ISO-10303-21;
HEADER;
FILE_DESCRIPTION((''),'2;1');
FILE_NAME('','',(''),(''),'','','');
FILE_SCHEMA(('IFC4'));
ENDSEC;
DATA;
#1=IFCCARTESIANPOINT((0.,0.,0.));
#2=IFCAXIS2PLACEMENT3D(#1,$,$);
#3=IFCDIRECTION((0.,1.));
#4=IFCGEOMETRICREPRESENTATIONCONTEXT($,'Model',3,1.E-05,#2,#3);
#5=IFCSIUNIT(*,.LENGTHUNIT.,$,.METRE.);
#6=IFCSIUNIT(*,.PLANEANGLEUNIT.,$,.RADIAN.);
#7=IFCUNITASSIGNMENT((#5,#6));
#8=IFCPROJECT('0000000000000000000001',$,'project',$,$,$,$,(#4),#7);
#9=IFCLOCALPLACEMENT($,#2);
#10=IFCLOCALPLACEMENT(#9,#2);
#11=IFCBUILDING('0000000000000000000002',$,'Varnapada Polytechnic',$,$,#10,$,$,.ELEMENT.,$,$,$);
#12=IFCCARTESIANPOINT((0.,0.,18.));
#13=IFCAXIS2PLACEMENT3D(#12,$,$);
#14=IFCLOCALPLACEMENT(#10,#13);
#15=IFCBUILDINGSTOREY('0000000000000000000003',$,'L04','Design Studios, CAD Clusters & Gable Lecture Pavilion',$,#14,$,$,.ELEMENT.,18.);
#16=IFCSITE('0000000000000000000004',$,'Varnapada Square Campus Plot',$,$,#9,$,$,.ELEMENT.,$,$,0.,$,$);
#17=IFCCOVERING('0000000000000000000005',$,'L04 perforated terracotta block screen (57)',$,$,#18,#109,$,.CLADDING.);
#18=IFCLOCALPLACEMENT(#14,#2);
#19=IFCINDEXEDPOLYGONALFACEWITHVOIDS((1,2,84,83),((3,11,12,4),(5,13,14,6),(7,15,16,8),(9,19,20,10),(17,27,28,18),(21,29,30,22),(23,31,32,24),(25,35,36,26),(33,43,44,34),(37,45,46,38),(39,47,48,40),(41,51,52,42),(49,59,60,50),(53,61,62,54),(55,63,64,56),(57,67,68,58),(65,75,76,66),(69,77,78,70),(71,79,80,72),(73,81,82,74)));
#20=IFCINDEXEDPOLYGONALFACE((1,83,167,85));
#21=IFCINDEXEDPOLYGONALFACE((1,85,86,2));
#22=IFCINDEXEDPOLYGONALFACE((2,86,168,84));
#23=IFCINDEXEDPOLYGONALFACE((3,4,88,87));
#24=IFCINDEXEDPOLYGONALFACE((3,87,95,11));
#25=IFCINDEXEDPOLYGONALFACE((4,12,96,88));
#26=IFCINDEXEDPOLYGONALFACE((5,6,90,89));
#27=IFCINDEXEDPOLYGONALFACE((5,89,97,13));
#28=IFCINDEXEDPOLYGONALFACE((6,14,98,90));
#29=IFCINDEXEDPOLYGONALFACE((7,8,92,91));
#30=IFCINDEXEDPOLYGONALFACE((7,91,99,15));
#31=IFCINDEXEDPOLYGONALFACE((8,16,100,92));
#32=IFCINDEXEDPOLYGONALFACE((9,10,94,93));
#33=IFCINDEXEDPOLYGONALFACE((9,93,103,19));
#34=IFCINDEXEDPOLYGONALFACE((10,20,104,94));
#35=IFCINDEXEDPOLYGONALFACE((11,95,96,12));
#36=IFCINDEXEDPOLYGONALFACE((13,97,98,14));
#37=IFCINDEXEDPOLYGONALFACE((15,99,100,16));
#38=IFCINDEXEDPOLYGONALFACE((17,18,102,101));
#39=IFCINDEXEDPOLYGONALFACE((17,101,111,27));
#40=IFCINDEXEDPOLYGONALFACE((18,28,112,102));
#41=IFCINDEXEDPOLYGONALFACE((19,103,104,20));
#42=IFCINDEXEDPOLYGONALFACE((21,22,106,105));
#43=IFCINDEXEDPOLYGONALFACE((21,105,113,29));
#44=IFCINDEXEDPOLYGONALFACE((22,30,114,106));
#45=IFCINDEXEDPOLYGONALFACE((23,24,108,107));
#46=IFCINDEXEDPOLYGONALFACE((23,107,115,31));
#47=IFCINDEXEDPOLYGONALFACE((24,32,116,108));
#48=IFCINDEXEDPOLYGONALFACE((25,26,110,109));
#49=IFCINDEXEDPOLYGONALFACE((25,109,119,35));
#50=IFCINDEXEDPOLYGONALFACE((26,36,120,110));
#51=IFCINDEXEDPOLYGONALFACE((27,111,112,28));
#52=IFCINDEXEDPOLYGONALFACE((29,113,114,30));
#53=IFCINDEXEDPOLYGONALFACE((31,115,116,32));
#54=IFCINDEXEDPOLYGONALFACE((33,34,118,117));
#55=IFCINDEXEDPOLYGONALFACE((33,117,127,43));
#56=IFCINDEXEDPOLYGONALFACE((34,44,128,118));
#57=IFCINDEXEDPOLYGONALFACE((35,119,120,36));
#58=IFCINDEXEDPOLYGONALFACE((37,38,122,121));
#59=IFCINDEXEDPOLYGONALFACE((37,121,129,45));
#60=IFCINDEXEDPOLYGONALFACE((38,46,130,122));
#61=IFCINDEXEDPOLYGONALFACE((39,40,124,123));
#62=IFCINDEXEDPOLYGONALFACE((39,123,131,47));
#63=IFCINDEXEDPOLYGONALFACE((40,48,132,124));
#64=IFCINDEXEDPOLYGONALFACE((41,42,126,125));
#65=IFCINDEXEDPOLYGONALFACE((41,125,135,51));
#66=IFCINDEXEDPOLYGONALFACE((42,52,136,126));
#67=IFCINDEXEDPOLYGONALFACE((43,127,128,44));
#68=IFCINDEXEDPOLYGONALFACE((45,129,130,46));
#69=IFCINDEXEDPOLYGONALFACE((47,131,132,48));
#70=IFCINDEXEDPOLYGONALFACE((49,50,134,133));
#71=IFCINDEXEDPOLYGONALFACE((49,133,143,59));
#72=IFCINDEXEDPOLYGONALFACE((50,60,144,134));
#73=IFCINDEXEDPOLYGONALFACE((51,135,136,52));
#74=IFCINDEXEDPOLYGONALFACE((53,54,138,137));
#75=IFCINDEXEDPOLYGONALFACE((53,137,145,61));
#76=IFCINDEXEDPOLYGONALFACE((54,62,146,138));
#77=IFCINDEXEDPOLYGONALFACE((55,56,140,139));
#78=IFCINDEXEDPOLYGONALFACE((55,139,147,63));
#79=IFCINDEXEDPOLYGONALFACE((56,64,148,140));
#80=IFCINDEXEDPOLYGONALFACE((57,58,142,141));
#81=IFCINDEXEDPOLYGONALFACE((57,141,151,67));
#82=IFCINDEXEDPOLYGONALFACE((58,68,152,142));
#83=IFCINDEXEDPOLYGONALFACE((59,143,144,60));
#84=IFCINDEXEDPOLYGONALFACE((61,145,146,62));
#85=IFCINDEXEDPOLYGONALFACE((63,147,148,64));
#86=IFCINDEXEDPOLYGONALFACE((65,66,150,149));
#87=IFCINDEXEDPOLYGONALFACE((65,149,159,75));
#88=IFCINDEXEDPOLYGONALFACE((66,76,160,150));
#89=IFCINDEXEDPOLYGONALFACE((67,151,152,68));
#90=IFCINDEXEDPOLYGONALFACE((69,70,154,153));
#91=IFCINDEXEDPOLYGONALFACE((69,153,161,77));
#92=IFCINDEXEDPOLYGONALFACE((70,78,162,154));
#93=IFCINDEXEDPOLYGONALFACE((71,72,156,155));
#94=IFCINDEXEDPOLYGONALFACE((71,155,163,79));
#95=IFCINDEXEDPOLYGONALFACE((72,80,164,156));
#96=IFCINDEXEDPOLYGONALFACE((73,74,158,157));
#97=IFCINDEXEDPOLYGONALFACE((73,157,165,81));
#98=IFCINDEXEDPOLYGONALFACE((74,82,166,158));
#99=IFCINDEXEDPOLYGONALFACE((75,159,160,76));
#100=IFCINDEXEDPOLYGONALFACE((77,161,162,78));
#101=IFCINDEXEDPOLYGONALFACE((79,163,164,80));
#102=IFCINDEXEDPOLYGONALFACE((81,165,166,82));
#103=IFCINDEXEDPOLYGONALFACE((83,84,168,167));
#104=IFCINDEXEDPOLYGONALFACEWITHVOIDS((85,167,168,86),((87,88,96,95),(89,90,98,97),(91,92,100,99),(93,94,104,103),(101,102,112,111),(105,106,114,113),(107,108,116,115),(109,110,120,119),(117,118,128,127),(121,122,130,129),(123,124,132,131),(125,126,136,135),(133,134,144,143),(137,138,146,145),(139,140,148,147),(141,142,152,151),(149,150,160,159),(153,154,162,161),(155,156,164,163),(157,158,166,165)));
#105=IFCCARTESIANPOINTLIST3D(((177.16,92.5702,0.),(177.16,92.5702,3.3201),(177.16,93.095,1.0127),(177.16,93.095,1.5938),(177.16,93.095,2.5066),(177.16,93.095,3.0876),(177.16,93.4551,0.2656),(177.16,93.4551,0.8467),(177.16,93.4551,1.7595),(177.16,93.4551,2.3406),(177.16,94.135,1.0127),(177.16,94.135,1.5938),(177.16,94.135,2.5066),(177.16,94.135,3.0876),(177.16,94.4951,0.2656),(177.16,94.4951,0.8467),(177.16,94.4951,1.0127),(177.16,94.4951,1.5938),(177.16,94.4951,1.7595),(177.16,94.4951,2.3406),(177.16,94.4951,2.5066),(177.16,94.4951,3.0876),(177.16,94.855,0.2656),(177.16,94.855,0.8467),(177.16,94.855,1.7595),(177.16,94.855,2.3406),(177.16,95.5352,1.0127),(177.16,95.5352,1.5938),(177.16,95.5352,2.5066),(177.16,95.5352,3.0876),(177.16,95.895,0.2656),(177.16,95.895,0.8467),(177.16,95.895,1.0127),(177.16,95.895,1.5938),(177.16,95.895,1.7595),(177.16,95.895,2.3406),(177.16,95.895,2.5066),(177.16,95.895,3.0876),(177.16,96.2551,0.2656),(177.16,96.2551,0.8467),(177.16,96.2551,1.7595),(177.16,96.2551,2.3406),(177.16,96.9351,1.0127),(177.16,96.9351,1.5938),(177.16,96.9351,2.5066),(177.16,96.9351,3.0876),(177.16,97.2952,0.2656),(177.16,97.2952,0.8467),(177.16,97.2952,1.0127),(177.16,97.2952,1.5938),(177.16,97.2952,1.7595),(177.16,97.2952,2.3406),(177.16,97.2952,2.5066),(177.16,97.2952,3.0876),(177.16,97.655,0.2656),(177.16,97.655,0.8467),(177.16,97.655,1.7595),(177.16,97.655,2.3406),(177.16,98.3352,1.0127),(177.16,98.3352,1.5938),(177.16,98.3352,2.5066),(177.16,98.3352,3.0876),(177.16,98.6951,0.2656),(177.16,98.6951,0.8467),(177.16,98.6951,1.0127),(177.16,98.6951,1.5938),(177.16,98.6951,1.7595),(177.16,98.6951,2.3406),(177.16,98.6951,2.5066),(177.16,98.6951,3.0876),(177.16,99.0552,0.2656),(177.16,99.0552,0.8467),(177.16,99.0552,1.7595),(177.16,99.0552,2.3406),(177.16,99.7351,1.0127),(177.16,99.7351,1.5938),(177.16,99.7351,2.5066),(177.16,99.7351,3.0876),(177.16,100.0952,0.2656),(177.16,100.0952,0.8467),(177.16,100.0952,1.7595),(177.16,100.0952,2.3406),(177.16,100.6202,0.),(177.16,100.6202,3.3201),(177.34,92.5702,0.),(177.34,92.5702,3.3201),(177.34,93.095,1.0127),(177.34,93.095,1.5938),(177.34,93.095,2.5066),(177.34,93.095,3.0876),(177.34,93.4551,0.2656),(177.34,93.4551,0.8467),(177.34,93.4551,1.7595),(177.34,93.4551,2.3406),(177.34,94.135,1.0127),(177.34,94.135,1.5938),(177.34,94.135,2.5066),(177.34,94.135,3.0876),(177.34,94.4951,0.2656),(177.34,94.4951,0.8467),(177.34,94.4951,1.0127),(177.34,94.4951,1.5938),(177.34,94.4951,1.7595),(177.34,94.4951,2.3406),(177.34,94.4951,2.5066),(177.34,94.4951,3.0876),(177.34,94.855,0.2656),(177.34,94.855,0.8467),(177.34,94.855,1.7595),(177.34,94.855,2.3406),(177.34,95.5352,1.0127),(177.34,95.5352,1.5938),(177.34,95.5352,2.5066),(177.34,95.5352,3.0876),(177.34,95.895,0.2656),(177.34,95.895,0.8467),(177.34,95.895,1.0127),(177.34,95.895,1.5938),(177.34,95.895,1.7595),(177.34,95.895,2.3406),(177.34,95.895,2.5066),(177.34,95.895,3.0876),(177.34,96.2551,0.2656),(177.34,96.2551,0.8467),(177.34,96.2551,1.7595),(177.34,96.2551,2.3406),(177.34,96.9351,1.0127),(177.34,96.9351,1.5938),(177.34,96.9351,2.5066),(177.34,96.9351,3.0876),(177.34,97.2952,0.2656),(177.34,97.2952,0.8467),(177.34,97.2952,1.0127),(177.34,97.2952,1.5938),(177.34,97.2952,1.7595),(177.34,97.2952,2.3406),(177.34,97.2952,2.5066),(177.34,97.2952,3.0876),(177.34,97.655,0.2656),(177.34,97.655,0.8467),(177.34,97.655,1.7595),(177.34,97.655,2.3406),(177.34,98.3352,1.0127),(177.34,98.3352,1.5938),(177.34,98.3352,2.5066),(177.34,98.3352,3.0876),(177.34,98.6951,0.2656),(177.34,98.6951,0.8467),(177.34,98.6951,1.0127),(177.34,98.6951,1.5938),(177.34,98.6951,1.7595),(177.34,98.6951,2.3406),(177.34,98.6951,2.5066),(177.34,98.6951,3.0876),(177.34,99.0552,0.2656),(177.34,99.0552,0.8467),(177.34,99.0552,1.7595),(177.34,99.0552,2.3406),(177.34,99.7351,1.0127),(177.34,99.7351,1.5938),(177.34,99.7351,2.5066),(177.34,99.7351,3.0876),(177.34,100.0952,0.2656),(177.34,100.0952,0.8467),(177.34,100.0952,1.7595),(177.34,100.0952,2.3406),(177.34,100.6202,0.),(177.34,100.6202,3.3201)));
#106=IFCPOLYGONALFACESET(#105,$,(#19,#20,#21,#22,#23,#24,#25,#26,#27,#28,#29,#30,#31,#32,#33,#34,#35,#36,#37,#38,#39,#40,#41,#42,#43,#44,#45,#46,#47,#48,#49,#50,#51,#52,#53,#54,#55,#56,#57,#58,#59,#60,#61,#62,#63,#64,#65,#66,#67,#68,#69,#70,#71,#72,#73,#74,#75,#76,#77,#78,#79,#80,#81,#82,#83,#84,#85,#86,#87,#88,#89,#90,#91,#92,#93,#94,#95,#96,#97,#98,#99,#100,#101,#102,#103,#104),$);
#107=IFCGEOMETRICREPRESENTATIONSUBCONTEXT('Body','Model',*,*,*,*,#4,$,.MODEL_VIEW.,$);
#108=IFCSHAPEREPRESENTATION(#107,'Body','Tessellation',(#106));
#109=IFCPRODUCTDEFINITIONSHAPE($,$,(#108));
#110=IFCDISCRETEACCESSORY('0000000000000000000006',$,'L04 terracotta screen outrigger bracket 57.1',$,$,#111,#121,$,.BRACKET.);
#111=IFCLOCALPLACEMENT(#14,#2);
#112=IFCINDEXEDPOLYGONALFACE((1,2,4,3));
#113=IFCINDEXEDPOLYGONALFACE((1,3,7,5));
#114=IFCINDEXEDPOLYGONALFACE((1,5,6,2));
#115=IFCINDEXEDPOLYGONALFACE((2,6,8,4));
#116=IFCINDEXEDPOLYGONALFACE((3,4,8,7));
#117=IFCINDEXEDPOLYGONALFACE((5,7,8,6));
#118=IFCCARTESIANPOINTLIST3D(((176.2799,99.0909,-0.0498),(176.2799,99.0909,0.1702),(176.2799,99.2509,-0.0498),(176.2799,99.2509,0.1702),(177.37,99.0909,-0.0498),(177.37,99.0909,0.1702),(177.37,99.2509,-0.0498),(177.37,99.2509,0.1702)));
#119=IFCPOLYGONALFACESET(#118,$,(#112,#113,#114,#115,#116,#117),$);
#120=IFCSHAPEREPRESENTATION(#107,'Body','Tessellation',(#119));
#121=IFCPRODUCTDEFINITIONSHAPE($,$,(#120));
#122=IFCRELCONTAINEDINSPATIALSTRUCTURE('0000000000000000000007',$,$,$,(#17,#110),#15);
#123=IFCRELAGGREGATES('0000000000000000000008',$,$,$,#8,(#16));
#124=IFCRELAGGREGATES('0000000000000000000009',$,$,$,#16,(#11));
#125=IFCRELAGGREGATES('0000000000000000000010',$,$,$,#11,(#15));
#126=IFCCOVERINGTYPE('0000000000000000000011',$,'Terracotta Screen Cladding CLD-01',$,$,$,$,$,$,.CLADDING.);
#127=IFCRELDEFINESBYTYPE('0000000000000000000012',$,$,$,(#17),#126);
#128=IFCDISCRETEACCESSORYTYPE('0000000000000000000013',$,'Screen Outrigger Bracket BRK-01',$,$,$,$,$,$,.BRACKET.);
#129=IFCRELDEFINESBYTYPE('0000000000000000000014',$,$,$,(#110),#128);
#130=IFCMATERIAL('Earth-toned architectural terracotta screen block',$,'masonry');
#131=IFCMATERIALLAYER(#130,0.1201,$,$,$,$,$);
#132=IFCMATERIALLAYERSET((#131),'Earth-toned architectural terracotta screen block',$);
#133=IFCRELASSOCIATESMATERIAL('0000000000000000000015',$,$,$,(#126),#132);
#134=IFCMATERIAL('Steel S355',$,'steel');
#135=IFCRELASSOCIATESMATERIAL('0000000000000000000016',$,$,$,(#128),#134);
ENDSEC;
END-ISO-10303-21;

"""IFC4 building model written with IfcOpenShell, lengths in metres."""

from ifc_helpers import new_model, si_unit, direction, frame, frame_2d, origin, origin_2d, place, context, subcontext, project, spatial, rectangle, extrude, material, layer, layer_set, type_object, element, save


model = new_model("IFC4")

# Units and contexts
model_context = context("Model", 3, precision=1e-05, world=origin(), true_north=direction((0.0, 1.0)))
body_context = subcontext(model_context, "Body", "Model", "MODEL_VIEW")
ifc_project = project(units=[si_unit("LENGTHUNIT", "METRE"), si_unit("PLANEANGLEUNIT", "RADIAN")], contexts=[model_context])

# Site, building, storey
site_placement = place(None, origin())
site = spatial("IfcSite", under=ifc_project, at=site_placement, Name="Varnapada Square Campus Plot", CompositionType="ELEMENT", RefElevation=0.0)
building_placement = place(site_placement, origin())
building = spatial("IfcBuilding", under=site, at=building_placement, Name="Varnapada Polytechnic", CompositionType="ELEMENT")
storey_placement = place(building_placement, frame((0.0, 0.0, 18.0)))
storey = spatial("IfcBuildingStorey", under=building, at=storey_placement, Name="L04", Description="Design Studios, CAD Clusters & Gable Lecture Pavilion", CompositionType="ELEMENT", Elevation=18.0)

# Covering, openings
ifc_material_1 = material(Name="Earth-toned architectural terracotta screen block", Category="masonry")
ifc_layer_1 = layer(ifc_material_1, 0.1201)
ifc_layer_set_1 = layer_set([ifc_layer_1], Name="Earth-toned architectural terracotta screen block")
covering_type = type_object("IfcCoveringType", Name="Terracotta Screen Cladding CLD-01", PredefinedType="CLADDING", material=ifc_layer_set_1)
covering_placement = place(storey_placement, frame((177.25, 100.6201, 0.0), z_axis=(0.0, 0.0, 1.0), x_axis=(0.0, -1.0, 0.0)))
covering = element("IfcCovering", 1, at=covering_placement, inside=storey, type_object=covering_type, Name="L04 perforated terracotta block screen (57)", PredefinedType="CLADDING", context=body_context, shape_type="SweptSolid", body=[
    extrude(rectangle(XDim=8.05, YDim=0.1799, at=frame_2d((4.0249, 0.0))), origin(), (0.0, 0.0, 1.0), 3.3201),
])
opening_1_placement = place(covering_placement, frame((0.5249, 0.0, 0.2656)))
element("IfcOpeningElement", 2, at=opening_1_placement, cuts=covering, PredefinedType="OPENING", context=body_context, shape_type="SweptSolid", body=[
    extrude(rectangle(XDim=1.04, YDim=0.5811, at=frame_2d((0.52, 0.2905))), frame((0.0, 0.0999, 0.0), z_axis=(0.0, -1.0, 0.0), x_axis=(1.0, 0.0, 0.0)), (0.0, 0.0, 1.0), 0.2),
])
opening_2_placement = place(covering_placement, frame((1.925, 0.0, 0.2656)))
element("IfcOpeningElement", 3, at=opening_2_placement, cuts=covering, PredefinedType="OPENING", context=body_context, shape_type="SweptSolid", body=[
    extrude(rectangle(XDim=1.04, YDim=0.5811, at=frame_2d((0.52, 0.2905))), frame((0.0, 0.0999, 0.0), z_axis=(0.0, -1.0, 0.0), x_axis=(1.0, 0.0, 0.0)), (0.0, 0.0, 1.0), 0.2),
])
opening_3_placement = place(covering_placement, frame((3.325, 0.0, 0.2656)))
element("IfcOpeningElement", 4, at=opening_3_placement, cuts=covering, PredefinedType="OPENING", context=body_context, shape_type="SweptSolid", body=[
    extrude(rectangle(XDim=1.04, YDim=0.5811, at=frame_2d((0.52, 0.2905))), frame((0.0, 0.0999, 0.0), z_axis=(0.0, -1.0, 0.0), x_axis=(1.0, 0.0, 0.0)), (0.0, 0.0, 1.0), 0.2),
])
opening_4_placement = place(covering_placement, frame((4.7251, 0.0, 0.2656)))
element("IfcOpeningElement", 5, at=opening_4_placement, cuts=covering, PredefinedType="OPENING", context=body_context, shape_type="SweptSolid", body=[
    extrude(rectangle(XDim=1.04, YDim=0.5811, at=frame_2d((0.52, 0.2905))), frame((0.0, 0.0999, 0.0), z_axis=(0.0, -1.0, 0.0), x_axis=(1.0, 0.0, 0.0)), (0.0, 0.0, 1.0), 0.2),
])
opening_5_placement = place(covering_placement, frame((6.125, 0.0, 0.2656)))
element("IfcOpeningElement", 6, at=opening_5_placement, cuts=covering, PredefinedType="OPENING", context=body_context, shape_type="SweptSolid", body=[
    extrude(rectangle(XDim=1.04, YDim=0.5811, at=frame_2d((0.52, 0.2905))), frame((0.0, 0.0999, 0.0), z_axis=(0.0, -1.0, 0.0), x_axis=(1.0, 0.0, 0.0)), (0.0, 0.0, 1.0), 0.2),
])
opening_6_placement = place(covering_placement, frame((0.885, 0.0, 1.0127)))
element("IfcOpeningElement", 7, at=opening_6_placement, cuts=covering, PredefinedType="OPENING", context=body_context, shape_type="SweptSolid", body=[
    extrude(rectangle(XDim=1.04, YDim=0.5811, at=frame_2d((0.52, 0.2905))), frame((0.0, 0.0999, 0.0), z_axis=(0.0, -1.0, 0.0), x_axis=(1.0, 0.0, 0.0)), (0.0, 0.0, 1.0), 0.2),
])
opening_7_placement = place(covering_placement, frame((2.2849, 0.0, 1.0127)))
element("IfcOpeningElement", 8, at=opening_7_placement, cuts=covering, PredefinedType="OPENING", context=body_context, shape_type="SweptSolid", body=[
    extrude(rectangle(XDim=1.04, YDim=0.5811, at=frame_2d((0.52, 0.2905))), frame((0.0, 0.0999, 0.0), z_axis=(0.0, -1.0, 0.0), x_axis=(1.0, 0.0, 0.0)), (0.0, 0.0, 1.0), 0.2),
])
opening_8_placement = place(covering_placement, frame((3.6851, 0.0, 1.0127)))
element("IfcOpeningElement", 9, at=opening_8_placement, cuts=covering, PredefinedType="OPENING", context=body_context, shape_type="SweptSolid", body=[
    extrude(rectangle(XDim=1.04, YDim=0.5811, at=frame_2d((0.52, 0.2905))), frame((0.0, 0.0999, 0.0), z_axis=(0.0, -1.0, 0.0), x_axis=(1.0, 0.0, 0.0)), (0.0, 0.0, 1.0), 0.2),
])
opening_9_placement = place(covering_placement, frame((5.085, 0.0, 1.0127)))
element("IfcOpeningElement", 10, at=opening_9_placement, cuts=covering, PredefinedType="OPENING", context=body_context, shape_type="SweptSolid", body=[
    extrude(rectangle(XDim=1.04, YDim=0.5811, at=frame_2d((0.52, 0.2905))), frame((0.0, 0.0999, 0.0), z_axis=(0.0, -1.0, 0.0), x_axis=(1.0, 0.0, 0.0)), (0.0, 0.0, 1.0), 0.2),
])
opening_10_placement = place(covering_placement, frame((6.4851, 0.0, 1.0127)))
element("IfcOpeningElement", 11, at=opening_10_placement, cuts=covering, PredefinedType="OPENING", context=body_context, shape_type="SweptSolid", body=[
    extrude(rectangle(XDim=1.04, YDim=0.5811, at=frame_2d((0.52, 0.2905))), frame((0.0, 0.0999, 0.0), z_axis=(0.0, -1.0, 0.0), x_axis=(1.0, 0.0, 0.0)), (0.0, 0.0, 1.0), 0.2),
])
opening_11_placement = place(covering_placement, frame((0.5249, 0.0, 1.7595)))
element("IfcOpeningElement", 12, at=opening_11_placement, cuts=covering, PredefinedType="OPENING", context=body_context, shape_type="SweptSolid", body=[
    extrude(rectangle(XDim=1.04, YDim=0.5811, at=frame_2d((0.52, 0.2905))), frame((0.0, 0.0999, 0.0), z_axis=(0.0, -1.0, 0.0), x_axis=(1.0, 0.0, 0.0)), (0.0, 0.0, 1.0), 0.2),
])
opening_12_placement = place(covering_placement, frame((1.925, 0.0, 1.7595)))
element("IfcOpeningElement", 13, at=opening_12_placement, cuts=covering, PredefinedType="OPENING", context=body_context, shape_type="SweptSolid", body=[
    extrude(rectangle(XDim=1.04, YDim=0.5811, at=frame_2d((0.52, 0.2905))), frame((0.0, 0.0999, 0.0), z_axis=(0.0, -1.0, 0.0), x_axis=(1.0, 0.0, 0.0)), (0.0, 0.0, 1.0), 0.2),
])
opening_13_placement = place(covering_placement, frame((3.325, 0.0, 1.7595)))
element("IfcOpeningElement", 14, at=opening_13_placement, cuts=covering, PredefinedType="OPENING", context=body_context, shape_type="SweptSolid", body=[
    extrude(rectangle(XDim=1.04, YDim=0.5811, at=frame_2d((0.52, 0.2905))), frame((0.0, 0.0999, 0.0), z_axis=(0.0, -1.0, 0.0), x_axis=(1.0, 0.0, 0.0)), (0.0, 0.0, 1.0), 0.2),
])
opening_14_placement = place(covering_placement, frame((4.7251, 0.0, 1.7595)))
element("IfcOpeningElement", 15, at=opening_14_placement, cuts=covering, PredefinedType="OPENING", context=body_context, shape_type="SweptSolid", body=[
    extrude(rectangle(XDim=1.04, YDim=0.5811, at=frame_2d((0.52, 0.2905))), frame((0.0, 0.0999, 0.0), z_axis=(0.0, -1.0, 0.0), x_axis=(1.0, 0.0, 0.0)), (0.0, 0.0, 1.0), 0.2),
])
opening_15_placement = place(covering_placement, frame((6.125, 0.0, 1.7595)))
element("IfcOpeningElement", 16, at=opening_15_placement, cuts=covering, PredefinedType="OPENING", context=body_context, shape_type="SweptSolid", body=[
    extrude(rectangle(XDim=1.04, YDim=0.5811, at=frame_2d((0.52, 0.2905))), frame((0.0, 0.0999, 0.0), z_axis=(0.0, -1.0, 0.0), x_axis=(1.0, 0.0, 0.0)), (0.0, 0.0, 1.0), 0.2),
])
opening_16_placement = place(covering_placement, frame((0.885, 0.0, 2.5066)))
element("IfcOpeningElement", 17, at=opening_16_placement, cuts=covering, PredefinedType="OPENING", context=body_context, shape_type="SweptSolid", body=[
    extrude(rectangle(XDim=1.04, YDim=0.5811, at=frame_2d((0.52, 0.2905))), frame((0.0, 0.0999, 0.0), z_axis=(0.0, -1.0, 0.0), x_axis=(1.0, 0.0, 0.0)), (0.0, 0.0, 1.0), 0.2),
])
opening_17_placement = place(covering_placement, frame((2.2849, 0.0, 2.5066)))
element("IfcOpeningElement", 18, at=opening_17_placement, cuts=covering, PredefinedType="OPENING", context=body_context, shape_type="SweptSolid", body=[
    extrude(rectangle(XDim=1.04, YDim=0.5811, at=frame_2d((0.52, 0.2905))), frame((0.0, 0.0999, 0.0), z_axis=(0.0, -1.0, 0.0), x_axis=(1.0, 0.0, 0.0)), (0.0, 0.0, 1.0), 0.2),
])
opening_18_placement = place(covering_placement, frame((3.6851, 0.0, 2.5066)))
element("IfcOpeningElement", 19, at=opening_18_placement, cuts=covering, PredefinedType="OPENING", context=body_context, shape_type="SweptSolid", body=[
    extrude(rectangle(XDim=1.04, YDim=0.5811, at=frame_2d((0.52, 0.2905))), frame((0.0, 0.0999, 0.0), z_axis=(0.0, -1.0, 0.0), x_axis=(1.0, 0.0, 0.0)), (0.0, 0.0, 1.0), 0.2),
])
opening_19_placement = place(covering_placement, frame((5.085, 0.0, 2.5066)))
element("IfcOpeningElement", 20, at=opening_19_placement, cuts=covering, PredefinedType="OPENING", context=body_context, shape_type="SweptSolid", body=[
    extrude(rectangle(XDim=1.04, YDim=0.5811, at=frame_2d((0.52, 0.2905))), frame((0.0, 0.0999, 0.0), z_axis=(0.0, -1.0, 0.0), x_axis=(1.0, 0.0, 0.0)), (0.0, 0.0, 1.0), 0.2),
])
opening_20_placement = place(covering_placement, frame((6.4851, 0.0, 2.5066)))
element("IfcOpeningElement", 21, at=opening_20_placement, cuts=covering, PredefinedType="OPENING", context=body_context, shape_type="SweptSolid", body=[
    extrude(rectangle(XDim=1.04, YDim=0.5811, at=frame_2d((0.52, 0.2905))), frame((0.0, 0.0999, 0.0), z_axis=(0.0, -1.0, 0.0), x_axis=(1.0, 0.0, 0.0)), (0.0, 0.0, 1.0), 0.2),
])

# Discrete accessory
ifc_material_2 = material(Name="Steel S355", Category="steel")
discrete_accessory_type = type_object("IfcDiscreteAccessoryType", Name="Screen Outrigger Bracket BRK-01", PredefinedType="BRACKET", material=ifc_material_2)
for number, where, z_axis, x_axis, name in (
    (22, (176.825, 99.1709, -0.0498), (0.0, 0.0, 1.0), (0.0, -1.0, 0.0), "L04 terracotta screen outrigger bracket 57.1"),
):
    element("IfcDiscreteAccessory", number, at=place(storey_placement, frame(where, z_axis=z_axis, x_axis=x_axis)), inside=storey, type_object=discrete_accessory_type, Name=name, PredefinedType="BRACKET", context=body_context, shape_type="SweptSolid", body=[
        extrude(rectangle(XDim=0.1599, YDim=1.0901, at=origin_2d()), origin(), (0.0, 0.0, 1.0), 0.22),
    ])

save(model, "model.ifc")
